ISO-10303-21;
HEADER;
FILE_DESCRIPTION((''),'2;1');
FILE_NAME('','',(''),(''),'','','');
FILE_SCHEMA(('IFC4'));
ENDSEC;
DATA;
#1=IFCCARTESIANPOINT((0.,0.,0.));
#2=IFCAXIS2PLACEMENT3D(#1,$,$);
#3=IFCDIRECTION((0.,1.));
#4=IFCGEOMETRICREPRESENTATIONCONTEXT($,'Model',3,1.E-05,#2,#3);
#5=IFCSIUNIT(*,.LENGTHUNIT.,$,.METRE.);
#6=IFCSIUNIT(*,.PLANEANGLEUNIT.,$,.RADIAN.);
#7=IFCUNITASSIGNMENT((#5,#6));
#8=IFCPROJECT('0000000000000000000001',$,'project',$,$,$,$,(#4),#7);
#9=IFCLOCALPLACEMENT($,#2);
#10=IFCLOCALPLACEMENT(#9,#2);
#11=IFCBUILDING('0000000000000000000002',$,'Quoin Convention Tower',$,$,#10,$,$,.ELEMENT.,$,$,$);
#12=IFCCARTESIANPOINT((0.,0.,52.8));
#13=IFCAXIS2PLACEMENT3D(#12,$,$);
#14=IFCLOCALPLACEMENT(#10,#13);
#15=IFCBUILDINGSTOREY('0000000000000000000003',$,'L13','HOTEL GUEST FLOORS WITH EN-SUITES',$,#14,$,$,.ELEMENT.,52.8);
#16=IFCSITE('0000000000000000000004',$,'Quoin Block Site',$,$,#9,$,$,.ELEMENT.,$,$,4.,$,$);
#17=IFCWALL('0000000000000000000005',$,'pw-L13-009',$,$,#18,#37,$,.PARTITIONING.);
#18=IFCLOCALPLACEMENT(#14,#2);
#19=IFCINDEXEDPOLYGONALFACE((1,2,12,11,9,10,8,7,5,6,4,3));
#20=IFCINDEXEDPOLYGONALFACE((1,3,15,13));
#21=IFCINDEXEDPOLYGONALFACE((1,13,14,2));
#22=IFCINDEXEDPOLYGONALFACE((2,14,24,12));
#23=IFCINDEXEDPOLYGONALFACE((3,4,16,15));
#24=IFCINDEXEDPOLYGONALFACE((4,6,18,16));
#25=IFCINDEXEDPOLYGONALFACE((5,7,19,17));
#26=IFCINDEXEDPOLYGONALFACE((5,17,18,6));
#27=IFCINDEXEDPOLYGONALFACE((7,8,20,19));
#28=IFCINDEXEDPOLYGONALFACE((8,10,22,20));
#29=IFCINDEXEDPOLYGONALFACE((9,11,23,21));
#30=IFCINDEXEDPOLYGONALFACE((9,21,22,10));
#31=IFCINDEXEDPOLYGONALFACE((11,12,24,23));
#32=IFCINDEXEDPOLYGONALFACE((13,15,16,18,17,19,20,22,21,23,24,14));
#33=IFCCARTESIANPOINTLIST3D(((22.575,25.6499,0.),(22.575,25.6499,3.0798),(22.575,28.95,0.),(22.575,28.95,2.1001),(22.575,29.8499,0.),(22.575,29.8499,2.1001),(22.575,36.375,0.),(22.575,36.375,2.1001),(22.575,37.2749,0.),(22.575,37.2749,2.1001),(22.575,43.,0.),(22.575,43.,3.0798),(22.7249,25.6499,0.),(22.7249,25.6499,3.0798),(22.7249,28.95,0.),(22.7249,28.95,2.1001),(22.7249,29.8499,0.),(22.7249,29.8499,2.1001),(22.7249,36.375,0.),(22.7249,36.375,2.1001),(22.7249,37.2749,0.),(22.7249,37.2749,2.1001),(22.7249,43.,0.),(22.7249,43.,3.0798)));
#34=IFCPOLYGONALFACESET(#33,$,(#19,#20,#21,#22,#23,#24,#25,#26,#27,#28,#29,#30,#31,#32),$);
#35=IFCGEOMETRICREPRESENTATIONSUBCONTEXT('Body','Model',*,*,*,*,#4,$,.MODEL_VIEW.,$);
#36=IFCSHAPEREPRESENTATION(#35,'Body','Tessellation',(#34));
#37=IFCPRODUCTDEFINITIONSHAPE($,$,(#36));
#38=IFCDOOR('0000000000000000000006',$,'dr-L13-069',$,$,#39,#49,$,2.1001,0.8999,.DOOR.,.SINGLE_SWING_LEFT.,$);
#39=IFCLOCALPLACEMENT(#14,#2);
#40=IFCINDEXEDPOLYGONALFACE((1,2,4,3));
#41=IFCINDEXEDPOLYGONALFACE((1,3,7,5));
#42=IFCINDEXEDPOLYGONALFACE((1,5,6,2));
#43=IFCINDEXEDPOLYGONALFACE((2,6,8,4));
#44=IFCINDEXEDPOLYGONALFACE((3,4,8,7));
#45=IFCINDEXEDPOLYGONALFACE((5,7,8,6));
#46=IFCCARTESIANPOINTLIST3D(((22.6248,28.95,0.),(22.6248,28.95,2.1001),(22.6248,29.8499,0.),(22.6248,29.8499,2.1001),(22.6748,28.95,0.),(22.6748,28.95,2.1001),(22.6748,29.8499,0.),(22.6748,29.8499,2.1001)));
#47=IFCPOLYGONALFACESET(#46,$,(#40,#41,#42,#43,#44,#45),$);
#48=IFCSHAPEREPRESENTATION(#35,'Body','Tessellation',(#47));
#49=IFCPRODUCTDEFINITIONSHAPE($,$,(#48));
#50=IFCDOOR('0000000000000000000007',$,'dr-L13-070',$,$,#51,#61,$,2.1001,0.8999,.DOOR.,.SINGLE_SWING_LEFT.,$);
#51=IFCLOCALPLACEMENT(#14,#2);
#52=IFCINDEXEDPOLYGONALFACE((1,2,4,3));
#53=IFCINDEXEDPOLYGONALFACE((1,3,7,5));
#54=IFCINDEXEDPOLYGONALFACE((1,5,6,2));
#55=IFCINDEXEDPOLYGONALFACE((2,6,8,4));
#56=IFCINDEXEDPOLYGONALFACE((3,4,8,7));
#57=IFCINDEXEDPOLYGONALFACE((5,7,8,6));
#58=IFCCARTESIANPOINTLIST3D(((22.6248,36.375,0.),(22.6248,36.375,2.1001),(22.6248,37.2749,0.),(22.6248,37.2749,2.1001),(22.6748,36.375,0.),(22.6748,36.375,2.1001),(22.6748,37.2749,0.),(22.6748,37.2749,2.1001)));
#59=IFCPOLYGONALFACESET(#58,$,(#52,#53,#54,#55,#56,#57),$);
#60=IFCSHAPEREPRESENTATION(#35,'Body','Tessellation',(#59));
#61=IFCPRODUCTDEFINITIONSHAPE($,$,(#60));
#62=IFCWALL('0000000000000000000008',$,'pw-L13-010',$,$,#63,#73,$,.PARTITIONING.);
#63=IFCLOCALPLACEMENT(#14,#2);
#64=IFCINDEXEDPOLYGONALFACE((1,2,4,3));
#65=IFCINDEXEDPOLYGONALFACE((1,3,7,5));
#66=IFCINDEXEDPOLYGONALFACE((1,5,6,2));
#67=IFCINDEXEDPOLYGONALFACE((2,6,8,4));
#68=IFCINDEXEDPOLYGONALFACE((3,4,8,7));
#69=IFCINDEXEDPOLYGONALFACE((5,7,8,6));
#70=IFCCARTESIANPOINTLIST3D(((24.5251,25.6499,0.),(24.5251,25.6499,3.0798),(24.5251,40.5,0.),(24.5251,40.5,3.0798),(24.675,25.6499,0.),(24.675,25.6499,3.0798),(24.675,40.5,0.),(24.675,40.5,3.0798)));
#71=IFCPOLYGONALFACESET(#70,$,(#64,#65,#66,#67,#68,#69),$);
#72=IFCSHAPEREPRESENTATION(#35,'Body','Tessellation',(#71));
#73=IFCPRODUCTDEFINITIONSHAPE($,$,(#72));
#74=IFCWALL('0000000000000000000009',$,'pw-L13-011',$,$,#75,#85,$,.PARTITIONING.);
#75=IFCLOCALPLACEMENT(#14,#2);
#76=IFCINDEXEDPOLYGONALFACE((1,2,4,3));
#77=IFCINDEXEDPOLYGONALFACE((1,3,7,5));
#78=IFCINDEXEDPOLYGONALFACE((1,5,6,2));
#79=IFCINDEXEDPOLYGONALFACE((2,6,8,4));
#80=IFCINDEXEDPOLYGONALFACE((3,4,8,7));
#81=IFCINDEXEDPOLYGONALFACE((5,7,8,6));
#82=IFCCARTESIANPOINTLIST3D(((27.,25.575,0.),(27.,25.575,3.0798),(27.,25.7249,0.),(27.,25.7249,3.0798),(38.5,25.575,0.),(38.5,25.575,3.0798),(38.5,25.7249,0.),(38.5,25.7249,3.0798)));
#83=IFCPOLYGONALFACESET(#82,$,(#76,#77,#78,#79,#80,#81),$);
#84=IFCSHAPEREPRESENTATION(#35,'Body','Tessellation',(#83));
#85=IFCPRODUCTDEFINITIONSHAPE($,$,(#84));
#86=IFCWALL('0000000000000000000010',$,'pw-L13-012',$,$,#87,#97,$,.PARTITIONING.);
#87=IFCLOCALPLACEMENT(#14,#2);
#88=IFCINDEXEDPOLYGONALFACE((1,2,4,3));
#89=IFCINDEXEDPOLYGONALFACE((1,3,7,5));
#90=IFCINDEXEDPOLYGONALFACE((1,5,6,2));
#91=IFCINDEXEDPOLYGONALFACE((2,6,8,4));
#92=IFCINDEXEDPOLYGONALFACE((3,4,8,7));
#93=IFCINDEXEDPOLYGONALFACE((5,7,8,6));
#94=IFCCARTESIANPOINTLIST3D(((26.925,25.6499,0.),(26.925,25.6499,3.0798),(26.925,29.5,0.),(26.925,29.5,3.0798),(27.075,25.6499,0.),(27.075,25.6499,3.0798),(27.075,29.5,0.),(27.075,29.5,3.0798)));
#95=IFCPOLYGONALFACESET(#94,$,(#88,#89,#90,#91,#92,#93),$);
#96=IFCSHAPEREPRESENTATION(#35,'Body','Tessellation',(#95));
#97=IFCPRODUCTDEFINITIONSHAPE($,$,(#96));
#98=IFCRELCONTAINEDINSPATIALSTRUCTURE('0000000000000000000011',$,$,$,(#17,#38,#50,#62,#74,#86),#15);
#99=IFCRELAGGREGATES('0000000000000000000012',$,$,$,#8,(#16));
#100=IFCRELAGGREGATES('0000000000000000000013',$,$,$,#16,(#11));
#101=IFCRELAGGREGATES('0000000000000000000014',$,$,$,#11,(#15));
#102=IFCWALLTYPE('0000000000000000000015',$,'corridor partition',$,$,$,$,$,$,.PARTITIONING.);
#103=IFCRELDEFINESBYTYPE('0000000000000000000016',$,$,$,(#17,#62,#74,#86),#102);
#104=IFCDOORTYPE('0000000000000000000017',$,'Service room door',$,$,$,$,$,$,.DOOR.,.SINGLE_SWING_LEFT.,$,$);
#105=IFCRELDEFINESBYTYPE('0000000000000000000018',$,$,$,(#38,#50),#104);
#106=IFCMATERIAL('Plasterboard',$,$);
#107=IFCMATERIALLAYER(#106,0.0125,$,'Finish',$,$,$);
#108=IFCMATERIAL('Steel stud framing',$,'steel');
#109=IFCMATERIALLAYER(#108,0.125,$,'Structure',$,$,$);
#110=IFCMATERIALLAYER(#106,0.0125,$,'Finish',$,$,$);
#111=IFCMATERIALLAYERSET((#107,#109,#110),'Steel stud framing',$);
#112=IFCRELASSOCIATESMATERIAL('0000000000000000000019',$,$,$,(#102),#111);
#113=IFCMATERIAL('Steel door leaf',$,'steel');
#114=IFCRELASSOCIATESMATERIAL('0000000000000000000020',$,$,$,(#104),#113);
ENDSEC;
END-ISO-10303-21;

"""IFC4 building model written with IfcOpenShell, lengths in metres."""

from ifc_helpers import new_model, si_unit, direction, frame, frame_2d, origin, place, context, subcontext, project, spatial, rectangle, extrude, material, layer, layer_set, type_object, element, fill, save


model = new_model("IFC4")

# Units and contexts
model_context = context("Model", 3, precision=1e-05, world=origin(), true_north=direction((0.0, 1.0)))
body_context = subcontext(model_context, "Body", "Model", "MODEL_VIEW")
ifc_project = project(units=[si_unit("LENGTHUNIT", "METRE"), si_unit("PLANEANGLEUNIT", "RADIAN")], contexts=[model_context])

# Site, building, storey
site_placement = place(None, origin())
site = spatial("IfcSite", under=ifc_project, at=site_placement, Name="Quoin Block Site", CompositionType="ELEMENT", RefElevation=4.0)
building_placement = place(site_placement, origin())
building = spatial("IfcBuilding", under=site, at=building_placement, Name="Quoin Convention Tower", CompositionType="ELEMENT")
storey_placement = place(building_placement, frame((0.0, 0.0, 52.8)))
storey = spatial("IfcBuildingStorey", under=building, at=storey_placement, Name="L13", Description="HOTEL GUEST FLOORS WITH EN-SUITES", CompositionType="ELEMENT", Elevation=52.8)

# Shared definitions
ifc_material_1 = material(Name="Steel door leaf", Category="steel")

# Shared definitions
ifc_material_2 = material(Name="Plasterboard")
ifc_layer_1 = layer(ifc_material_2, 0.0125, Name="Finish")
ifc_material_3 = material(Name="Steel stud framing", Category="steel")
ifc_layer_2 = layer(ifc_material_3, 0.125, Name="Structure")
ifc_layer_3 = layer(ifc_material_2, 0.0125, Name="Finish")
ifc_layer_set_1 = layer_set([ifc_layer_1, ifc_layer_2, ifc_layer_3], Name="Steel stud framing")
wall_type_1 = type_object("IfcWallType", Name="corridor partition", PredefinedType="PARTITIONING", material=ifc_layer_set_1)

# Wall, openings, doors
wall_1_placement = place(storey_placement, frame((22.6499, 25.6499, 0.0), z_axis=(0.0, 0.0, 1.0), x_axis=(0.0, 1.0, 0.0)))
wall_1 = element("IfcWall", 1, at=wall_1_placement, inside=storey, type_object=wall_type_1, Name="pw-L13-009", PredefinedType="PARTITIONING", context=body_context, shape_type="SweptSolid", body=[
    extrude(rectangle(XDim=17.3501, YDim=0.1499, at=frame_2d((8.675, 0.0))), origin(), (0.0, 0.0, 1.0), 3.0798),
])
opening_1_placement = place(wall_1_placement, frame((3.3, 0.0, 0.0)))
opening_1 = element("IfcOpeningElement", 2, at=opening_1_placement, cuts=wall_1, PredefinedType="OPENING", context=body_context, shape_type="SweptSolid", body=[
    extrude(rectangle(XDim=0.8999, YDim=2.1001, at=frame_2d((0.45, 1.05))), frame((0.0, 0.085, 0.0), z_axis=(0.0, -1.0, 0.0), x_axis=(1.0, 0.0, 0.0)), (0.0, 0.0, 1.0), 0.1699),
])
opening_2_placement = place(wall_1_placement, frame((10.7251, 0.0, 0.0)))
opening_2 = element("IfcOpeningElement", 3, at=opening_2_placement, cuts=wall_1, PredefinedType="OPENING", context=body_context, shape_type="SweptSolid", body=[
    extrude(rectangle(XDim=0.8999, YDim=2.1001, at=frame_2d((0.45, 1.05))), frame((0.0, 0.085, 0.0), z_axis=(0.0, -1.0, 0.0), x_axis=(1.0, 0.0, 0.0)), (0.0, 0.0, 1.0), 0.1699),
])
door_type_1 = type_object("IfcDoorType", Name="Service room door", OperationType="SINGLE_SWING_LEFT", PredefinedType="DOOR", material=ifc_material_1)
door_1_placement = place(opening_1_placement, frame((0.8999, 0.0, 0.0), z_axis=(0.0, 0.0, 1.0), x_axis=(-1.0, 0.0, 0.0)))
door_1 = element("IfcDoor", 4, at=door_1_placement, inside=storey, type_object=door_type_1, Name="dr-L13-069", OperationType="SINGLE_SWING_LEFT", OverallHeight=2.1001, OverallWidth=0.8999, PredefinedType="DOOR", context=body_context, shape_type="SweptSolid", body=[
    extrude(rectangle(XDim=0.8999, YDim=2.1001, at=frame_2d((0.45, 1.05))), frame((0.0, 0.0249, 0.0), z_axis=(0.0, -1.0, 0.0), x_axis=(1.0, 0.0, 0.0)), (0.0, 0.0, 1.0), 0.05),
])
fill(opening_1, door_1)
door_2_placement = place(opening_2_placement, frame((0.8999, 0.0, 0.0), z_axis=(0.0, 0.0, 1.0), x_axis=(-1.0, 0.0, 0.0)))
door_2 = element("IfcDoor", 5, at=door_2_placement, inside=storey, type_object=door_type_1, Name="dr-L13-070", OperationType="SINGLE_SWING_LEFT", OverallHeight=2.1001, OverallWidth=0.8999, PredefinedType="DOOR", context=body_context, shape_type="SweptSolid", body=[
    extrude(rectangle(XDim=0.8999, YDim=2.1001, at=frame_2d((0.45, 1.05))), frame((0.0, 0.0249, 0.0), z_axis=(0.0, -1.0, 0.0), x_axis=(1.0, 0.0, 0.0)), (0.0, 0.0, 1.0), 0.05),
])
fill(opening_2, door_2)

# Walls
wall_2_placement = place(storey_placement, frame((24.6001, 25.6499, 0.0), z_axis=(0.0, 0.0, 1.0), x_axis=(0.0, 1.0, 0.0)))
element("IfcWall", 6, at=wall_2_placement, inside=storey, type_object=wall_type_1, Name="pw-L13-010", PredefinedType="PARTITIONING", context=body_context, shape_type="SweptSolid", body=[
    extrude(rectangle(XDim=14.8501, YDim=0.1499, at=frame_2d((7.425, 0.0))), origin(), (0.0, 0.0, 1.0), 3.0798),
])
wall_3_placement = place(storey_placement, frame((27.0, 25.6499, 0.0), z_axis=(0.0, 0.0, 1.0), x_axis=(1.0, 0.0, 0.0)))
element("IfcWall", 7, at=wall_3_placement, inside=storey, type_object=wall_type_1, Name="pw-L13-011", PredefinedType="PARTITIONING", context=body_context, shape_type="SweptSolid", body=[
    extrude(rectangle(XDim=11.5, YDim=0.1499, at=frame_2d((5.75, 0.0))), origin(), (0.0, 0.0, 1.0), 3.0798),
])
wall_4_placement = place(storey_placement, frame((27.0, 25.6499, 0.0), z_axis=(0.0, 0.0, 1.0), x_axis=(0.0, 1.0, 0.0)))
element("IfcWall", 8, at=wall_4_placement, inside=storey, type_object=wall_type_1, Name="pw-L13-012", PredefinedType="PARTITIONING", context=body_context, shape_type="SweptSolid", body=[
    extrude(rectangle(XDim=3.8501, YDim=0.1499, at=frame_2d((1.925, 0.0))), origin(), (0.0, 0.0, 1.0), 3.0798),
])

save(model, "model.ifc")
